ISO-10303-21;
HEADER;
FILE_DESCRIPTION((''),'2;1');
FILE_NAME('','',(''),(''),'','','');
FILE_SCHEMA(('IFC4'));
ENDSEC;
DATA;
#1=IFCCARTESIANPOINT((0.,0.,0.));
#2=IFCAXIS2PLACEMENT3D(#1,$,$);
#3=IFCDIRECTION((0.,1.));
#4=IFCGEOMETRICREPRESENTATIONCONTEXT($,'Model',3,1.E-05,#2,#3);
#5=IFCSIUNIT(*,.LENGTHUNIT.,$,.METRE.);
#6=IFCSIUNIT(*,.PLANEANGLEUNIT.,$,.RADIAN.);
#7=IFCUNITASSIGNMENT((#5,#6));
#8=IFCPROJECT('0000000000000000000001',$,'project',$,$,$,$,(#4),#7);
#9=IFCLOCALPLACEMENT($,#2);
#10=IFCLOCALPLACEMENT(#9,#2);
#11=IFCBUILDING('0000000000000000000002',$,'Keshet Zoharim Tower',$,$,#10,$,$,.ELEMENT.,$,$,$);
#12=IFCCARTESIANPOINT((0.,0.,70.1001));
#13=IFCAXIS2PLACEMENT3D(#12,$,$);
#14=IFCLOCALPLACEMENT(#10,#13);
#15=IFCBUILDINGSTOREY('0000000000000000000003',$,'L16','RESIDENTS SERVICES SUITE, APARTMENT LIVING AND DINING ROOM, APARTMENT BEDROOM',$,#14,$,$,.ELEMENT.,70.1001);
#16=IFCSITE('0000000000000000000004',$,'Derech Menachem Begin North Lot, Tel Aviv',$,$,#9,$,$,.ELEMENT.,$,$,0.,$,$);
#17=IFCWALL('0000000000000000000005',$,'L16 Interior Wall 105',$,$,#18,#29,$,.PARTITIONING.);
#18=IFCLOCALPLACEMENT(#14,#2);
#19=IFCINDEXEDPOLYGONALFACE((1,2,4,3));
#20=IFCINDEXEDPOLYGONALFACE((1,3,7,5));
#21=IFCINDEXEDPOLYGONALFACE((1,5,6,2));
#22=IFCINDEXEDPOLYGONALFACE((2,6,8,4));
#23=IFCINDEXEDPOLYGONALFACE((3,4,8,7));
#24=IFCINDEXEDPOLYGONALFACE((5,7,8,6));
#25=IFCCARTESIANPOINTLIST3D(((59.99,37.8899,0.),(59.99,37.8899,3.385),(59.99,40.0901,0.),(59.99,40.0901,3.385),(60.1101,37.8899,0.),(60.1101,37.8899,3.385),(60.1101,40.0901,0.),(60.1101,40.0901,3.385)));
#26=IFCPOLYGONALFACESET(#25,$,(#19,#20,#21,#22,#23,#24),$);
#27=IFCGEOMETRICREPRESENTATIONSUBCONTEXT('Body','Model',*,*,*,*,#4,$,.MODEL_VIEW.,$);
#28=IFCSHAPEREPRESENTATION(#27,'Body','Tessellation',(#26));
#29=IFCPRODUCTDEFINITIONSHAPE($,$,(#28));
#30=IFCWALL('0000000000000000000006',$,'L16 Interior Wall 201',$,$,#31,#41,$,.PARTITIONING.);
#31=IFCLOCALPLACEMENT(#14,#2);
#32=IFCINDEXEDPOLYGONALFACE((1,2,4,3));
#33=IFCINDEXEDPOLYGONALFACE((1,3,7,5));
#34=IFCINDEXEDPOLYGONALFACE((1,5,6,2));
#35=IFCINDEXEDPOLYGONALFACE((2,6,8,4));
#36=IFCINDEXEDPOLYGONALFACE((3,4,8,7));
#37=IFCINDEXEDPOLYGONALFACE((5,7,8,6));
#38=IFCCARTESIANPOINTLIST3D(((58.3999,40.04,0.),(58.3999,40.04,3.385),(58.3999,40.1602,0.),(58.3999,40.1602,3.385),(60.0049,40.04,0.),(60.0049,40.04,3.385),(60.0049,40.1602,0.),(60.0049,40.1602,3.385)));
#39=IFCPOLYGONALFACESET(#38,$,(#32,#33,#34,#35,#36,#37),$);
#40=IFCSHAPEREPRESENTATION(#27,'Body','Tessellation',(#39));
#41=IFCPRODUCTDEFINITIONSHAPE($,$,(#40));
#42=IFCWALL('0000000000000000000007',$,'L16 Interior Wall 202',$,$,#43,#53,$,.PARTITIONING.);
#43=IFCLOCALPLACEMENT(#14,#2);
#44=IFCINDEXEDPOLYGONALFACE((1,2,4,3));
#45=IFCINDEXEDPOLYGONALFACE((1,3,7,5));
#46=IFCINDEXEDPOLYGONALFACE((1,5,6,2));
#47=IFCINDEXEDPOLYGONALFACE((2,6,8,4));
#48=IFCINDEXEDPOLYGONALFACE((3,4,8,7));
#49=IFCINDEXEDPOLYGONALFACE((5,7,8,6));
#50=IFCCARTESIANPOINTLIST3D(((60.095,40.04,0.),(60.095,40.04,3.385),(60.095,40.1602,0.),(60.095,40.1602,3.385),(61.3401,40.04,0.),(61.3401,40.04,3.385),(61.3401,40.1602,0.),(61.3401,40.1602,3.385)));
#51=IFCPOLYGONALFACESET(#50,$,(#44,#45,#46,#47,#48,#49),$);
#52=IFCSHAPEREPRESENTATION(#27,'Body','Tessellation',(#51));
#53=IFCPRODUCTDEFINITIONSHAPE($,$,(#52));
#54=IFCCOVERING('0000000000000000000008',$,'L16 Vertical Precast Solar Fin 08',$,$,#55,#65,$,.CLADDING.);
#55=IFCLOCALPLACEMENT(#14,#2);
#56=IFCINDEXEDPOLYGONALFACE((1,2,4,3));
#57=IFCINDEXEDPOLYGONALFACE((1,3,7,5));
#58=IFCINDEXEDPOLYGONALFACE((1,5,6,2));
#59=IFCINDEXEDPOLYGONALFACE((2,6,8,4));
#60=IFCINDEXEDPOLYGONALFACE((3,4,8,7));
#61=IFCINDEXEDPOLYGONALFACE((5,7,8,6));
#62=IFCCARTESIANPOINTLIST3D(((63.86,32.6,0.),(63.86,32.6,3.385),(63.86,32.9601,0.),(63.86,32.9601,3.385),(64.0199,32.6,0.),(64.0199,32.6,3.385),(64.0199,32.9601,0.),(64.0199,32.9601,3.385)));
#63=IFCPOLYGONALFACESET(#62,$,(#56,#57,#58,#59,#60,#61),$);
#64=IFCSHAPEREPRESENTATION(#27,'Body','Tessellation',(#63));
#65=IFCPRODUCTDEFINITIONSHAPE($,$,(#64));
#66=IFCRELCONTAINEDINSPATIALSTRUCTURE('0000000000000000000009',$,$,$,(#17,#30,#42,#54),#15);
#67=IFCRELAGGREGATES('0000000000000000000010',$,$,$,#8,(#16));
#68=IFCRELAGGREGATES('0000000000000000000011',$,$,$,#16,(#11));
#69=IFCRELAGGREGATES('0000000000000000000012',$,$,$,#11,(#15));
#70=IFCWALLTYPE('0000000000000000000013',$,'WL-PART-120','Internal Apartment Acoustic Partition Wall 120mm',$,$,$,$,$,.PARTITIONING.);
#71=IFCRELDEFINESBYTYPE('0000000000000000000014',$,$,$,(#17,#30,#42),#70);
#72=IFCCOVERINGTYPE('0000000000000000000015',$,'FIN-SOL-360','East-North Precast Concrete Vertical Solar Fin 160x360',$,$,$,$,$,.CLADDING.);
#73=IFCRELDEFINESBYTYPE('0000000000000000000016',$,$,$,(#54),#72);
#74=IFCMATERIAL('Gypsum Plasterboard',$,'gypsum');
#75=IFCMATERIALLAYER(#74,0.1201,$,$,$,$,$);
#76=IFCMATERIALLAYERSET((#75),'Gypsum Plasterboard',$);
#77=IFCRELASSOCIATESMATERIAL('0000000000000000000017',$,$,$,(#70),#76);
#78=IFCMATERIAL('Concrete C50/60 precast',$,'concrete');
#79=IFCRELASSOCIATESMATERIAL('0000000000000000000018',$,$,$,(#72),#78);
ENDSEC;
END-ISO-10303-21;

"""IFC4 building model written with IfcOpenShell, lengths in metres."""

from ifc_helpers import new_model, si_unit, direction, frame, frame_2d, origin, origin_2d, place, context, subcontext, project, spatial, rectangle, extrude, material, layer, layer_set, type_object, element, save


model = new_model("IFC4")

# Units and contexts
model_context = context("Model", 3, precision=1e-05, world=origin(), true_north=direction((0.0, 1.0)))
body_context = subcontext(model_context, "Body", "Model", "MODEL_VIEW")
ifc_project = project(units=[si_unit("LENGTHUNIT", "METRE"), si_unit("PLANEANGLEUNIT", "RADIAN")], contexts=[model_context])

# Site, building, storey
site_placement = place(None, origin())
site = spatial("IfcSite", under=ifc_project, at=site_placement, Name="Derech Menachem Begin North Lot, Tel Aviv", CompositionType="ELEMENT", RefElevation=0.0)
building_placement = place(site_placement, origin())
building = spatial("IfcBuilding", under=site, at=building_placement, Name="Keshet Zoharim Tower", CompositionType="ELEMENT")
storey_placement = place(building_placement, frame((0.0, 0.0, 70.1001)))
storey = spatial("IfcBuildingStorey", under=building, at=storey_placement, Name="L16", Description="RESIDENTS SERVICES SUITE, APARTMENT LIVING AND DINING ROOM, APARTMENT BEDROOM", CompositionType="ELEMENT", Elevation=70.1001)

# Walls
ifc_material_1 = material(Name="Gypsum Plasterboard", Category="gypsum")
ifc_layer_1 = layer(ifc_material_1, 0.1201)
ifc_layer_set_1 = layer_set([ifc_layer_1], Name="Gypsum Plasterboard")
wall_type = type_object("IfcWallType", Name="WL-PART-120", Description="Internal Apartment Acoustic Partition Wall 120mm", PredefinedType="PARTITIONING", material=ifc_layer_set_1)
wall_1_placement = place(storey_placement, frame((60.05, 37.8899, 0.0), z_axis=(0.0, 0.0, 1.0), x_axis=(0.0, 1.0, 0.0)))
element("IfcWall", 1, at=wall_1_placement, inside=storey, type_object=wall_type, Name="L16 Interior Wall 105", PredefinedType="PARTITIONING", context=body_context, shape_type="SweptSolid", body=[
    extrude(rectangle(XDim=2.2002, YDim=0.1201, at=frame_2d((1.1001, 0.0))), origin(), (0.0, 0.0, 1.0), 3.385),
])
wall_2_placement = place(storey_placement, frame((58.3999, 40.1001, 0.0), z_axis=(0.0, 0.0, 1.0), x_axis=(1.0, 0.0, 0.0)))
element("IfcWall", 2, at=wall_2_placement, inside=storey, type_object=wall_type, Name="L16 Interior Wall 201", PredefinedType="PARTITIONING", context=body_context, shape_type="SweptSolid", body=[
    extrude(rectangle(XDim=1.605, YDim=0.1201, at=frame_2d((0.8025, 0.0))), origin(), (0.0, 0.0, 1.0), 3.385),
])
wall_3_placement = place(storey_placement, frame((60.095, 40.1001, 0.0), z_axis=(0.0, 0.0, 1.0), x_axis=(1.0, 0.0, 0.0)))
element("IfcWall", 3, at=wall_3_placement, inside=storey, type_object=wall_type, Name="L16 Interior Wall 202", PredefinedType="PARTITIONING", context=body_context, shape_type="SweptSolid", body=[
    extrude(rectangle(XDim=1.2451, YDim=0.1201, at=frame_2d((0.6226, 0.0))), origin(), (0.0, 0.0, 1.0), 3.385),
])

# Covering
ifc_material_2 = material(Name="Concrete C50/60 precast", Category="concrete")
covering_type = type_object("IfcCoveringType", Name="FIN-SOL-360", Description="East-North Precast Concrete Vertical Solar Fin 160x360", PredefinedType="CLADDING", material=ifc_material_2)
covering_placement = place(storey_placement, frame((63.9399, 32.78, 0.0), z_axis=(0.0, 0.0, 1.0), x_axis=(1.0, 0.0, 0.0)))
element("IfcCovering", 4, at=covering_placement, inside=storey, type_object=covering_type, Name="L16 Vertical Precast Solar Fin 08", PredefinedType="CLADDING", context=body_context, shape_type="SweptSolid", body=[
    extrude(rectangle(XDim=0.1599, YDim=0.3601, at=origin_2d()), origin(), (0.0, 0.0, 1.0), 3.385),
])

save(model, "model.ifc")
